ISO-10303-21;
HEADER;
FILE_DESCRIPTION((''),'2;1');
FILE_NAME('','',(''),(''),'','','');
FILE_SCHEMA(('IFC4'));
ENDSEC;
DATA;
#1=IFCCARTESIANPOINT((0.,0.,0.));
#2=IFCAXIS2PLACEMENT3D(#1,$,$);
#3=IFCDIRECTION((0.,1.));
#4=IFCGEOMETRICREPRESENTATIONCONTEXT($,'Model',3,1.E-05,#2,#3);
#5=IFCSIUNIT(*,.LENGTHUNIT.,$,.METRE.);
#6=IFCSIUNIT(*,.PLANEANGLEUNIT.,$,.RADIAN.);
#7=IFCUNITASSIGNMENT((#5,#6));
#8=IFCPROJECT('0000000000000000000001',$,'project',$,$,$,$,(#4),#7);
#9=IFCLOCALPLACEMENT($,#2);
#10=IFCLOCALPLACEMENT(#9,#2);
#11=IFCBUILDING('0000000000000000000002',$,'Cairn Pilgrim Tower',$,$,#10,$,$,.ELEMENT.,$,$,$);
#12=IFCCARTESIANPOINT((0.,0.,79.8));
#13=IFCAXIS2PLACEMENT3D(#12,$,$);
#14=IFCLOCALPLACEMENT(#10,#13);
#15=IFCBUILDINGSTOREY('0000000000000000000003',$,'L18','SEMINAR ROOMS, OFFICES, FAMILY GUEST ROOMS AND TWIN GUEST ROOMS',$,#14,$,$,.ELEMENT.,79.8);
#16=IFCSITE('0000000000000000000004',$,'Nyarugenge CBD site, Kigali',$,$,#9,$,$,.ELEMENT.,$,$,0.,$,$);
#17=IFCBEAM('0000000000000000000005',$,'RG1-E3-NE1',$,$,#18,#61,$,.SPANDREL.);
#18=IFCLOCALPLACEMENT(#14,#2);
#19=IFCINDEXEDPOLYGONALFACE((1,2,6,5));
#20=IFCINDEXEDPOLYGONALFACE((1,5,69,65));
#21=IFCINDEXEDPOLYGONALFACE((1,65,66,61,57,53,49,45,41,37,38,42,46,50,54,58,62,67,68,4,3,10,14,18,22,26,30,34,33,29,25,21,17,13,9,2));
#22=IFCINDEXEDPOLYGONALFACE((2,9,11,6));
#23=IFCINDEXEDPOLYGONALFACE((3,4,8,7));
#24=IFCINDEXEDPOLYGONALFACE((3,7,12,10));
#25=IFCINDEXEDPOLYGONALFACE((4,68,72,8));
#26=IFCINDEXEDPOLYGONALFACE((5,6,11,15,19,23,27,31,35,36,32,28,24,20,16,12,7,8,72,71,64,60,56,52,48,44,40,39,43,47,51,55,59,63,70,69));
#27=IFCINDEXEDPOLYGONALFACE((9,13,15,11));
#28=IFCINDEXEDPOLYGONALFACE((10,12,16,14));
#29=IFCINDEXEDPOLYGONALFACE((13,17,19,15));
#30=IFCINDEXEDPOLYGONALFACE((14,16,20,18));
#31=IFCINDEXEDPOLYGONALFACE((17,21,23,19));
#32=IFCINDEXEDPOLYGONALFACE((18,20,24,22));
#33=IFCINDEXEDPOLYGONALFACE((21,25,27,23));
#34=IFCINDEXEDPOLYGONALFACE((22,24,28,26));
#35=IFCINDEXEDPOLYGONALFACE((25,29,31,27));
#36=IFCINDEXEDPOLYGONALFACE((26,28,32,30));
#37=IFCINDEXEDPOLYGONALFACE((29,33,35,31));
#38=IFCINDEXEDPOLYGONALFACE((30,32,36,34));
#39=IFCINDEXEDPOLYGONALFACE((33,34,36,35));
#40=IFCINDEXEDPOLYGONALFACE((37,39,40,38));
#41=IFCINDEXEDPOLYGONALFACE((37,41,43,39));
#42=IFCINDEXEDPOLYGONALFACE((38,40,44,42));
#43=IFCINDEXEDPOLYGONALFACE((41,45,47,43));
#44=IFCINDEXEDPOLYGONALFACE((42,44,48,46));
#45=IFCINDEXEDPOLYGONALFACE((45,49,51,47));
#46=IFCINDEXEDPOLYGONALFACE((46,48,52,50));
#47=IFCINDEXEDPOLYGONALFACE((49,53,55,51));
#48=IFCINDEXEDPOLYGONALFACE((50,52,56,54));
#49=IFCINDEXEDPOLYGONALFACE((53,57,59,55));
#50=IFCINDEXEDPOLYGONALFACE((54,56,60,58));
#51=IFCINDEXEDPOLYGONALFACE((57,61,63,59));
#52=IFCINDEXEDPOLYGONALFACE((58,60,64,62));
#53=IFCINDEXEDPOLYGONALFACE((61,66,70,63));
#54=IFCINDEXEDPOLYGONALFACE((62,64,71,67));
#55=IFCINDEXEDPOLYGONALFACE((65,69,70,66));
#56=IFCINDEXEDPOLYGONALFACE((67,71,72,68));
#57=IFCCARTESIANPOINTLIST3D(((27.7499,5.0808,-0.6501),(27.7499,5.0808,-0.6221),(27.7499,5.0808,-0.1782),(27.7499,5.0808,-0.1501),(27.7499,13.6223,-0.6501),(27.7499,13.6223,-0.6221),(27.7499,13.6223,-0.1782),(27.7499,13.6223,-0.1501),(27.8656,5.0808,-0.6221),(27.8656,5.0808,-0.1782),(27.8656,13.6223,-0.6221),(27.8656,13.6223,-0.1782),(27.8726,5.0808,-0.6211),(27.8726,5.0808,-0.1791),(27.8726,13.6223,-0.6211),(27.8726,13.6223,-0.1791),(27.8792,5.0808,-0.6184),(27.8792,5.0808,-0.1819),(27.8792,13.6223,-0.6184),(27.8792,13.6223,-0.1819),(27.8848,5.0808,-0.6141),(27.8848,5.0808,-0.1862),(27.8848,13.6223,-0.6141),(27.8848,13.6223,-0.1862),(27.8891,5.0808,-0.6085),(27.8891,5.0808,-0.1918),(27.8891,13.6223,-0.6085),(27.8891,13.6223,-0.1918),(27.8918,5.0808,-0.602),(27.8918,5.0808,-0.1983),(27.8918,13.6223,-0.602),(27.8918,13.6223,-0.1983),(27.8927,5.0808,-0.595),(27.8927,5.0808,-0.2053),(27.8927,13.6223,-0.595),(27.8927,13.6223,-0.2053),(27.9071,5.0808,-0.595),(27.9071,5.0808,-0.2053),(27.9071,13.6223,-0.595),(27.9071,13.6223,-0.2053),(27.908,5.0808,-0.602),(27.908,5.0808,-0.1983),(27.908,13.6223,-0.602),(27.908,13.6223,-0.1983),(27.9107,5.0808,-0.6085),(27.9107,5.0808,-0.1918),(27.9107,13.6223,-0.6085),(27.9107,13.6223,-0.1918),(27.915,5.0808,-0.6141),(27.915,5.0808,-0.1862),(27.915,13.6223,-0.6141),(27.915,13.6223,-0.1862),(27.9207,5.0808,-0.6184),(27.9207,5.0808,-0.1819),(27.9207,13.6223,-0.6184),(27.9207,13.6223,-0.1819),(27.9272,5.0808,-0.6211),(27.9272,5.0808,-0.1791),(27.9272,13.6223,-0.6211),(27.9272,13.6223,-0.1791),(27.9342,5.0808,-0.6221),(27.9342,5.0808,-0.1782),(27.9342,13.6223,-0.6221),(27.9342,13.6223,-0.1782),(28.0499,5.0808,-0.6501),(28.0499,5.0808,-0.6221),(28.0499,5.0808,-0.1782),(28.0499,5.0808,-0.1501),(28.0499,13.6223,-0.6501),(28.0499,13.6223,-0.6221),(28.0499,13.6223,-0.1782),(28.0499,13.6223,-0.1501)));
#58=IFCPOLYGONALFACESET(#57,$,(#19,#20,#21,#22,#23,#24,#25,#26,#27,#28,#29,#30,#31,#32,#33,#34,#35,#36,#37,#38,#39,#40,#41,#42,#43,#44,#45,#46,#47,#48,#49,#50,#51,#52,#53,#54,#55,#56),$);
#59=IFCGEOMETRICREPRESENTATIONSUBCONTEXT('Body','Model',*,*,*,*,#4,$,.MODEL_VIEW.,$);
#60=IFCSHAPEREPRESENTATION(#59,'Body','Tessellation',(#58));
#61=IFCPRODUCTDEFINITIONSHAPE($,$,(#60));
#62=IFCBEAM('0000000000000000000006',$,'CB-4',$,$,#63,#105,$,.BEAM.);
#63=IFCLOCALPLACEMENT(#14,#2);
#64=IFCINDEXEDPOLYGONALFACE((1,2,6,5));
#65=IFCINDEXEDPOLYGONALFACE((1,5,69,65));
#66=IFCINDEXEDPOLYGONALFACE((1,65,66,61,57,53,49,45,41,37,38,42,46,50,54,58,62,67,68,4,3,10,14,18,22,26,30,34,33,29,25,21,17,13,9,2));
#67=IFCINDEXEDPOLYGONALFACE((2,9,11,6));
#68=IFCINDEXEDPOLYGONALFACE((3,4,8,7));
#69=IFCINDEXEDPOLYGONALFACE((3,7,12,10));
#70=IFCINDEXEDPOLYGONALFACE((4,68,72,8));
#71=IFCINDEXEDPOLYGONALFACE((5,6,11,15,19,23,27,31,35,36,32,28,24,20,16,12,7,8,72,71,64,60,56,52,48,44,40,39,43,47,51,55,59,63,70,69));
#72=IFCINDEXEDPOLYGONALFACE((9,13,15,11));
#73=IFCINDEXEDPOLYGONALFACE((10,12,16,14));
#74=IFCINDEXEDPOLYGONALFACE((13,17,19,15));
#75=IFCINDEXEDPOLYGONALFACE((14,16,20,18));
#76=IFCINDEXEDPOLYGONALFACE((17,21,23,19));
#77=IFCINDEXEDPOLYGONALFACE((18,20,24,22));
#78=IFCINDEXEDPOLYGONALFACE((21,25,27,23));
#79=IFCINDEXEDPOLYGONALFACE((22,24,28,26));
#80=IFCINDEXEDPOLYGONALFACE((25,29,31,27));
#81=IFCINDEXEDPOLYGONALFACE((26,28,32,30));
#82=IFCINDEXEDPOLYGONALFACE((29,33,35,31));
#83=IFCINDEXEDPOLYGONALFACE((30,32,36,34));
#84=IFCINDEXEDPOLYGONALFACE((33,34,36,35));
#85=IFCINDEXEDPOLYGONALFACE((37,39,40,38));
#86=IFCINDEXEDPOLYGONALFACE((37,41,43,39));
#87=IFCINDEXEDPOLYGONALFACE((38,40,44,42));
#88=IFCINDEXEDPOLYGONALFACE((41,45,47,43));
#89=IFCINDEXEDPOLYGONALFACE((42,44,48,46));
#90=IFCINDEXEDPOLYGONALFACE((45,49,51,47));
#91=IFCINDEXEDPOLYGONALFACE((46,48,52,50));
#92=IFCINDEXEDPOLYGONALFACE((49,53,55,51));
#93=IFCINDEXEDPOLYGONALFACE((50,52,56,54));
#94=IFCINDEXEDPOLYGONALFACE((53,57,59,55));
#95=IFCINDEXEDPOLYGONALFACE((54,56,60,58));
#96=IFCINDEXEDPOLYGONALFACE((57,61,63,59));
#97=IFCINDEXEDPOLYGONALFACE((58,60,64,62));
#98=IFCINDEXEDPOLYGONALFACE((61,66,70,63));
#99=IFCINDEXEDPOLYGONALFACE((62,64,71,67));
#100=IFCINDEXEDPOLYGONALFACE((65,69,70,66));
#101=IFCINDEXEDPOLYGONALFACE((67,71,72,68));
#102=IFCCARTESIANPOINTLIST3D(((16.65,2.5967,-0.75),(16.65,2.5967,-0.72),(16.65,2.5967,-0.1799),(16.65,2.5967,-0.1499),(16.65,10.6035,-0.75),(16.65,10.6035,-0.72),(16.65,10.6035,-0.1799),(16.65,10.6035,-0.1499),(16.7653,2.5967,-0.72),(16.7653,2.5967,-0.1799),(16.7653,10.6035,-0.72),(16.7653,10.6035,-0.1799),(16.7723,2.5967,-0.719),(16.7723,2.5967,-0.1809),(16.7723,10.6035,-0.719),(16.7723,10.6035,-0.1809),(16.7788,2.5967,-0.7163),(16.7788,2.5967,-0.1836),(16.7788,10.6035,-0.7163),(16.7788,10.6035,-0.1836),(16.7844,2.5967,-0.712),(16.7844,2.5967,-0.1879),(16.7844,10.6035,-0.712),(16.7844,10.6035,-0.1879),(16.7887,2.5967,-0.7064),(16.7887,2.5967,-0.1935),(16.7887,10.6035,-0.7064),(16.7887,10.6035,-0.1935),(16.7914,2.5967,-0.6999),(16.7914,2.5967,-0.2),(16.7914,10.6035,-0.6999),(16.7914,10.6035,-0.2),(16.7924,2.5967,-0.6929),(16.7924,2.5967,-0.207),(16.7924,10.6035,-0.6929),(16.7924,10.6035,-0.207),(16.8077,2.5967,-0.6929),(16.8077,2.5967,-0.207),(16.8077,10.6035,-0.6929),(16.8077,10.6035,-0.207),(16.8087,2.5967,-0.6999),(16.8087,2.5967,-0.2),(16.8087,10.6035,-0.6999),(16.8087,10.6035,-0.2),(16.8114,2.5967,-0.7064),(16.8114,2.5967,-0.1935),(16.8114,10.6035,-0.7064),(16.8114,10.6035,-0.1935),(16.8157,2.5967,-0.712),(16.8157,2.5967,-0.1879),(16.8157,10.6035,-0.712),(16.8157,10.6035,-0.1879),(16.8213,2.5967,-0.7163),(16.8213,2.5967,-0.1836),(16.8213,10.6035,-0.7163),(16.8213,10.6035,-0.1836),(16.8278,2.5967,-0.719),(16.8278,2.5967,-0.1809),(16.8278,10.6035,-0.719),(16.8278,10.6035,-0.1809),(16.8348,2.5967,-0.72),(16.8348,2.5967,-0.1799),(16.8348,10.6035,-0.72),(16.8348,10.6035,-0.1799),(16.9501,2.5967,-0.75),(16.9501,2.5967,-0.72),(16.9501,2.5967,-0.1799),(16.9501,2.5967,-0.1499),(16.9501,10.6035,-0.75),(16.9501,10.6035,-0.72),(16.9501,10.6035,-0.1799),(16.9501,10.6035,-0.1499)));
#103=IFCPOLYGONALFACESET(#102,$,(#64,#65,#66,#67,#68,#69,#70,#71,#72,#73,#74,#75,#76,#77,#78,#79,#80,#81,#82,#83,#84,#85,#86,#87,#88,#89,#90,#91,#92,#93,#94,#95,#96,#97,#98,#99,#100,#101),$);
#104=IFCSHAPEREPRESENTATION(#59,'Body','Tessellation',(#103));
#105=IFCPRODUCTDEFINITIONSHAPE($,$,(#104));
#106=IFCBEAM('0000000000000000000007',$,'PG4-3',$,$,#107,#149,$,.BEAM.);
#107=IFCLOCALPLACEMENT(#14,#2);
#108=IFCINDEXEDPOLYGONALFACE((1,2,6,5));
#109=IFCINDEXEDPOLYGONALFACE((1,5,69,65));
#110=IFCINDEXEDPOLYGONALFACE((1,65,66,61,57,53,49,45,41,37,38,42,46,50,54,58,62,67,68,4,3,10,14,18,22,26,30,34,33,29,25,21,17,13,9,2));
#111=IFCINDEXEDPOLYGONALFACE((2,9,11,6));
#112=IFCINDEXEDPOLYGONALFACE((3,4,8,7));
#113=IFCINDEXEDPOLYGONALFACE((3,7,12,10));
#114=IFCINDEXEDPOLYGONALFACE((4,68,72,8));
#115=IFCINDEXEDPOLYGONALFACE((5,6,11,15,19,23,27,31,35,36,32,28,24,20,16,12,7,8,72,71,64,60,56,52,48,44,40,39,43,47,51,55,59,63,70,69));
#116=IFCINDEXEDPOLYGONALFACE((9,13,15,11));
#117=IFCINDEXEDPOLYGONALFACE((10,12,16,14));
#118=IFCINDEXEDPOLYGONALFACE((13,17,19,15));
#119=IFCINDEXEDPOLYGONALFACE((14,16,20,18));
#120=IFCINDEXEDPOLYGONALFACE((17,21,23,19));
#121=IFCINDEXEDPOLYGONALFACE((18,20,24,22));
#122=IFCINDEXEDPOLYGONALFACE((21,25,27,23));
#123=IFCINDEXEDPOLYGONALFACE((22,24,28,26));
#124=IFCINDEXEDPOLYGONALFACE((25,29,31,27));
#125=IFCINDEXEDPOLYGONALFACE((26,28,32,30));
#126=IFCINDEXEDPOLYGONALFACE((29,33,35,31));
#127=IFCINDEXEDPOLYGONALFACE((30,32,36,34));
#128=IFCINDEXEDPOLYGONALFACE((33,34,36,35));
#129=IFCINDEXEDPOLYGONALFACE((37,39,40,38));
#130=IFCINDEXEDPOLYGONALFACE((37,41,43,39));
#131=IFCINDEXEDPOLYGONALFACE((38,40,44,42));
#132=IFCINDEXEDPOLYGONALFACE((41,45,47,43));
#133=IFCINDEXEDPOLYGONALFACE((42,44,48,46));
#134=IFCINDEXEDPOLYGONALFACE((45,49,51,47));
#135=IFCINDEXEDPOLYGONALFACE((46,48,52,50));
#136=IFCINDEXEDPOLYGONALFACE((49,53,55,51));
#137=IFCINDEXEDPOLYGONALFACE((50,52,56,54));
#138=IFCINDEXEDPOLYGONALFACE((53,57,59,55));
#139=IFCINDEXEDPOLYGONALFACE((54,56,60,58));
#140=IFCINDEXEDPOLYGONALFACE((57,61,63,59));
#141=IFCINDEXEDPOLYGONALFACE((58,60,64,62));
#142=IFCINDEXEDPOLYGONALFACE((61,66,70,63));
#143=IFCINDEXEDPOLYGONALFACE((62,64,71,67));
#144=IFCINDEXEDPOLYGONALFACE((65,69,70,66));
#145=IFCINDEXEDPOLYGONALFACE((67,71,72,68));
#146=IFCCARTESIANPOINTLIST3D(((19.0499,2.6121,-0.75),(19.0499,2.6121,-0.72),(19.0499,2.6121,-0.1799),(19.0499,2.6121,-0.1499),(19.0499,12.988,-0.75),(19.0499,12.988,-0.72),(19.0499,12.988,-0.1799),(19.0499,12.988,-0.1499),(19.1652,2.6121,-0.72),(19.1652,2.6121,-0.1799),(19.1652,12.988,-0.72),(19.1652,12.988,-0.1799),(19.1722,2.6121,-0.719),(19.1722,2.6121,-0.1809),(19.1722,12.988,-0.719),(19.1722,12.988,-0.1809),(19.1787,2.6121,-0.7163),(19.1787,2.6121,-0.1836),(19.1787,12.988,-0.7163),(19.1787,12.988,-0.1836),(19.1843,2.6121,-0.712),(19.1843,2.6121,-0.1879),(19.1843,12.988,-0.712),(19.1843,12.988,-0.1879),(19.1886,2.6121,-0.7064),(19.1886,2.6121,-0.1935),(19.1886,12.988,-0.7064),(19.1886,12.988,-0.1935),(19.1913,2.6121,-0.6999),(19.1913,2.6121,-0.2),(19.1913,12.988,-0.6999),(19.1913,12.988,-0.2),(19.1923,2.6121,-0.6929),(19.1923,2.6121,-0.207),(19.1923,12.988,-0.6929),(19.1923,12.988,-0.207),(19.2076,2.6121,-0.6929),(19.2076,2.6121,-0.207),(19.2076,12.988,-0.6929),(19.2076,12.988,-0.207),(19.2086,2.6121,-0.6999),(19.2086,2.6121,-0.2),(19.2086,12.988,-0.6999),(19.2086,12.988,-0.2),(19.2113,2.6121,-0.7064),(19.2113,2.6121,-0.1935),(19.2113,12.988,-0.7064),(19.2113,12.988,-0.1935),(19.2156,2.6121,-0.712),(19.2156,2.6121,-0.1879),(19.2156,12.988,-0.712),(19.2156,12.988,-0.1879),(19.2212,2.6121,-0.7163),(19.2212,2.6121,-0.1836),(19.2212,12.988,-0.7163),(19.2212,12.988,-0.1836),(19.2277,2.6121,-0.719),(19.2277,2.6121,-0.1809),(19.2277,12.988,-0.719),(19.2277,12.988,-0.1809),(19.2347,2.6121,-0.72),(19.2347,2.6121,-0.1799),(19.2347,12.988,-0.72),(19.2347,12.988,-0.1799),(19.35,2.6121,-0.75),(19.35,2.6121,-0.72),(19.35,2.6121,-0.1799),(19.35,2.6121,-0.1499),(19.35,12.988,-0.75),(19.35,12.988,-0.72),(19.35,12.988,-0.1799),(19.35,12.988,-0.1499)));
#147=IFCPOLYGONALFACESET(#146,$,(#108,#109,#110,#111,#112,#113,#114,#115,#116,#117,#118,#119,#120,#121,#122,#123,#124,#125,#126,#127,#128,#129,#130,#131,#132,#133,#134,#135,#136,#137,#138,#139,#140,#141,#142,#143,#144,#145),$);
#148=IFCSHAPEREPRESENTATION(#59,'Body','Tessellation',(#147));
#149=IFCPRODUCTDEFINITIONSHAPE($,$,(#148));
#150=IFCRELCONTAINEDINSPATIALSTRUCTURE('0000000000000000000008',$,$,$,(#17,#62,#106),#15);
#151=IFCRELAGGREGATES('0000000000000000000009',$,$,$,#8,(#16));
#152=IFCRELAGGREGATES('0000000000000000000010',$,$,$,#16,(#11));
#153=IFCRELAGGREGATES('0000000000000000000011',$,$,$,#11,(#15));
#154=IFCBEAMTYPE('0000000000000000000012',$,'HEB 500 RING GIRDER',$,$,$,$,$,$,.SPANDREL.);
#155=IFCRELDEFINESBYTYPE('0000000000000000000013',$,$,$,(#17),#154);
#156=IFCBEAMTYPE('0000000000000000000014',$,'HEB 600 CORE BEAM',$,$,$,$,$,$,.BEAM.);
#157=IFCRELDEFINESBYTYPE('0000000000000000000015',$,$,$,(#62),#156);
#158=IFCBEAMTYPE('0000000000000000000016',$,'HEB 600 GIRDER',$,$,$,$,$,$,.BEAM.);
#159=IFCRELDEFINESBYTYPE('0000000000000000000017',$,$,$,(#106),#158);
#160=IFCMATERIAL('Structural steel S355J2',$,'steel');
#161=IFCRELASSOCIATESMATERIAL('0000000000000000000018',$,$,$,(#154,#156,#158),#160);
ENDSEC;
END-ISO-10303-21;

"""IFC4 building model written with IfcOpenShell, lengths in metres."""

from ifc_helpers import new_model, si_unit, direction, frame, origin, origin_2d, place, context, subcontext, project, spatial, i_section, extrude, material, material_profile, profile_set, type_object, element, save


model = new_model("IFC4")

# Units and contexts
model_context = context("Model", 3, precision=1e-05, world=origin(), true_north=direction((0.0, 1.0)))
body_context = subcontext(model_context, "Body", "Model", "MODEL_VIEW")
ifc_project = project(units=[si_unit("LENGTHUNIT", "METRE"), si_unit("PLANEANGLEUNIT", "RADIAN")], contexts=[model_context])

# Site, building, storey
site_placement = place(None, origin())
site = spatial("IfcSite", under=ifc_project, at=site_placement, Name="Nyarugenge CBD site, Kigali", CompositionType="ELEMENT", RefElevation=0.0)
building_placement = place(site_placement, origin())
building = spatial("IfcBuilding", under=site, at=building_placement, Name="Cairn Pilgrim Tower", CompositionType="ELEMENT")
storey_placement = place(building_placement, frame((0.0, 0.0, 79.8)))
storey = spatial("IfcBuildingStorey", under=building, at=storey_placement, Name="L18", Description="SEMINAR ROOMS, OFFICES, FAMILY GUEST ROOMS AND TWIN GUEST ROOMS", CompositionType="ELEMENT", Elevation=79.8)

# Beams
ifc_material_1 = material(Name="Structural steel S355J2", Category="steel")
ifc_material_profile_1 = material_profile(ifc_material_1, i_section(OverallWidth=0.3, OverallDepth=0.5, WebThickness=0.0144, FlangeThickness=0.0281, FilletRadius=0.0271, at=origin_2d()), Name="HEB 500")
ifc_profile_set_1 = profile_set([ifc_material_profile_1], Name="Structural steel S355J2")
beam_type_1 = type_object("IfcBeamType", Name="HEB 500 RING GIRDER", PredefinedType="SPANDREL", material=ifc_profile_set_1)
beam_1_placement = place(storey_placement, frame((27.8999, 5.0808, -0.4001), z_axis=(0.0, 1.0, 0.0), x_axis=(-1.0, 0.0, 0.0)))
element("IfcBeam", 1, at=beam_1_placement, inside=storey, type_object=beam_type_1, Name="RG1-E3-NE1", PredefinedType="SPANDREL", context=body_context, shape_type="SweptSolid", body=[
    extrude(i_section(OverallWidth=0.3, OverallDepth=0.5, WebThickness=0.0144, FlangeThickness=0.0281, FilletRadius=0.0271, at=origin_2d()), origin(), (0.0, 0.0, 1.0), 8.5415),
])
ifc_material_profile_2 = material_profile(ifc_material_1, i_section(OverallWidth=0.3, OverallDepth=0.6001, WebThickness=0.0154, FlangeThickness=0.03, FilletRadius=0.0271, at=origin_2d()), Name="HEB 600")
ifc_profile_set_2 = profile_set([ifc_material_profile_2], Name="Structural steel S355J2")
beam_type_2 = type_object("IfcBeamType", Name="HEB 600 CORE BEAM", PredefinedType="BEAM", material=ifc_profile_set_2)
beam_2_placement = place(storey_placement, frame((16.8, 2.5967, -0.45), z_axis=(0.0, 1.0, 0.0), x_axis=(-1.0, 0.0, 0.0)))
element("IfcBeam", 2, at=beam_2_placement, inside=storey, type_object=beam_type_2, Name="CB-4", PredefinedType="BEAM", context=body_context, shape_type="SweptSolid", body=[
    extrude(i_section(OverallWidth=0.3, OverallDepth=0.6001, WebThickness=0.0154, FlangeThickness=0.03, FilletRadius=0.0271, at=origin_2d()), origin(), (0.0, 0.0, 1.0), 8.0068),
])
ifc_material_profile_3 = material_profile(ifc_material_1, i_section(OverallWidth=0.3, OverallDepth=0.6001, WebThickness=0.0154, FlangeThickness=0.03, FilletRadius=0.0271, at=origin_2d()), Name="HEB 600")
ifc_profile_set_3 = profile_set([ifc_material_profile_3], Name="Structural steel S355J2")
beam_type_3 = type_object("IfcBeamType", Name="HEB 600 GIRDER", PredefinedType="BEAM", material=ifc_profile_set_3)
beam_3_placement = place(storey_placement, frame((19.2, 2.6121, -0.45), z_axis=(0.0, 1.0, 0.0), x_axis=(-1.0, 0.0, 0.0)))
element("IfcBeam", 3, at=beam_3_placement, inside=storey, type_object=beam_type_3, Name="PG4-3", PredefinedType="BEAM", context=body_context, shape_type="SweptSolid", body=[
    extrude(i_section(OverallWidth=0.3, OverallDepth=0.6001, WebThickness=0.0154, FlangeThickness=0.03, FilletRadius=0.0271, at=origin_2d()), origin(), (0.0, 0.0, 1.0), 10.376),
])

save(model, "model.ifc")
